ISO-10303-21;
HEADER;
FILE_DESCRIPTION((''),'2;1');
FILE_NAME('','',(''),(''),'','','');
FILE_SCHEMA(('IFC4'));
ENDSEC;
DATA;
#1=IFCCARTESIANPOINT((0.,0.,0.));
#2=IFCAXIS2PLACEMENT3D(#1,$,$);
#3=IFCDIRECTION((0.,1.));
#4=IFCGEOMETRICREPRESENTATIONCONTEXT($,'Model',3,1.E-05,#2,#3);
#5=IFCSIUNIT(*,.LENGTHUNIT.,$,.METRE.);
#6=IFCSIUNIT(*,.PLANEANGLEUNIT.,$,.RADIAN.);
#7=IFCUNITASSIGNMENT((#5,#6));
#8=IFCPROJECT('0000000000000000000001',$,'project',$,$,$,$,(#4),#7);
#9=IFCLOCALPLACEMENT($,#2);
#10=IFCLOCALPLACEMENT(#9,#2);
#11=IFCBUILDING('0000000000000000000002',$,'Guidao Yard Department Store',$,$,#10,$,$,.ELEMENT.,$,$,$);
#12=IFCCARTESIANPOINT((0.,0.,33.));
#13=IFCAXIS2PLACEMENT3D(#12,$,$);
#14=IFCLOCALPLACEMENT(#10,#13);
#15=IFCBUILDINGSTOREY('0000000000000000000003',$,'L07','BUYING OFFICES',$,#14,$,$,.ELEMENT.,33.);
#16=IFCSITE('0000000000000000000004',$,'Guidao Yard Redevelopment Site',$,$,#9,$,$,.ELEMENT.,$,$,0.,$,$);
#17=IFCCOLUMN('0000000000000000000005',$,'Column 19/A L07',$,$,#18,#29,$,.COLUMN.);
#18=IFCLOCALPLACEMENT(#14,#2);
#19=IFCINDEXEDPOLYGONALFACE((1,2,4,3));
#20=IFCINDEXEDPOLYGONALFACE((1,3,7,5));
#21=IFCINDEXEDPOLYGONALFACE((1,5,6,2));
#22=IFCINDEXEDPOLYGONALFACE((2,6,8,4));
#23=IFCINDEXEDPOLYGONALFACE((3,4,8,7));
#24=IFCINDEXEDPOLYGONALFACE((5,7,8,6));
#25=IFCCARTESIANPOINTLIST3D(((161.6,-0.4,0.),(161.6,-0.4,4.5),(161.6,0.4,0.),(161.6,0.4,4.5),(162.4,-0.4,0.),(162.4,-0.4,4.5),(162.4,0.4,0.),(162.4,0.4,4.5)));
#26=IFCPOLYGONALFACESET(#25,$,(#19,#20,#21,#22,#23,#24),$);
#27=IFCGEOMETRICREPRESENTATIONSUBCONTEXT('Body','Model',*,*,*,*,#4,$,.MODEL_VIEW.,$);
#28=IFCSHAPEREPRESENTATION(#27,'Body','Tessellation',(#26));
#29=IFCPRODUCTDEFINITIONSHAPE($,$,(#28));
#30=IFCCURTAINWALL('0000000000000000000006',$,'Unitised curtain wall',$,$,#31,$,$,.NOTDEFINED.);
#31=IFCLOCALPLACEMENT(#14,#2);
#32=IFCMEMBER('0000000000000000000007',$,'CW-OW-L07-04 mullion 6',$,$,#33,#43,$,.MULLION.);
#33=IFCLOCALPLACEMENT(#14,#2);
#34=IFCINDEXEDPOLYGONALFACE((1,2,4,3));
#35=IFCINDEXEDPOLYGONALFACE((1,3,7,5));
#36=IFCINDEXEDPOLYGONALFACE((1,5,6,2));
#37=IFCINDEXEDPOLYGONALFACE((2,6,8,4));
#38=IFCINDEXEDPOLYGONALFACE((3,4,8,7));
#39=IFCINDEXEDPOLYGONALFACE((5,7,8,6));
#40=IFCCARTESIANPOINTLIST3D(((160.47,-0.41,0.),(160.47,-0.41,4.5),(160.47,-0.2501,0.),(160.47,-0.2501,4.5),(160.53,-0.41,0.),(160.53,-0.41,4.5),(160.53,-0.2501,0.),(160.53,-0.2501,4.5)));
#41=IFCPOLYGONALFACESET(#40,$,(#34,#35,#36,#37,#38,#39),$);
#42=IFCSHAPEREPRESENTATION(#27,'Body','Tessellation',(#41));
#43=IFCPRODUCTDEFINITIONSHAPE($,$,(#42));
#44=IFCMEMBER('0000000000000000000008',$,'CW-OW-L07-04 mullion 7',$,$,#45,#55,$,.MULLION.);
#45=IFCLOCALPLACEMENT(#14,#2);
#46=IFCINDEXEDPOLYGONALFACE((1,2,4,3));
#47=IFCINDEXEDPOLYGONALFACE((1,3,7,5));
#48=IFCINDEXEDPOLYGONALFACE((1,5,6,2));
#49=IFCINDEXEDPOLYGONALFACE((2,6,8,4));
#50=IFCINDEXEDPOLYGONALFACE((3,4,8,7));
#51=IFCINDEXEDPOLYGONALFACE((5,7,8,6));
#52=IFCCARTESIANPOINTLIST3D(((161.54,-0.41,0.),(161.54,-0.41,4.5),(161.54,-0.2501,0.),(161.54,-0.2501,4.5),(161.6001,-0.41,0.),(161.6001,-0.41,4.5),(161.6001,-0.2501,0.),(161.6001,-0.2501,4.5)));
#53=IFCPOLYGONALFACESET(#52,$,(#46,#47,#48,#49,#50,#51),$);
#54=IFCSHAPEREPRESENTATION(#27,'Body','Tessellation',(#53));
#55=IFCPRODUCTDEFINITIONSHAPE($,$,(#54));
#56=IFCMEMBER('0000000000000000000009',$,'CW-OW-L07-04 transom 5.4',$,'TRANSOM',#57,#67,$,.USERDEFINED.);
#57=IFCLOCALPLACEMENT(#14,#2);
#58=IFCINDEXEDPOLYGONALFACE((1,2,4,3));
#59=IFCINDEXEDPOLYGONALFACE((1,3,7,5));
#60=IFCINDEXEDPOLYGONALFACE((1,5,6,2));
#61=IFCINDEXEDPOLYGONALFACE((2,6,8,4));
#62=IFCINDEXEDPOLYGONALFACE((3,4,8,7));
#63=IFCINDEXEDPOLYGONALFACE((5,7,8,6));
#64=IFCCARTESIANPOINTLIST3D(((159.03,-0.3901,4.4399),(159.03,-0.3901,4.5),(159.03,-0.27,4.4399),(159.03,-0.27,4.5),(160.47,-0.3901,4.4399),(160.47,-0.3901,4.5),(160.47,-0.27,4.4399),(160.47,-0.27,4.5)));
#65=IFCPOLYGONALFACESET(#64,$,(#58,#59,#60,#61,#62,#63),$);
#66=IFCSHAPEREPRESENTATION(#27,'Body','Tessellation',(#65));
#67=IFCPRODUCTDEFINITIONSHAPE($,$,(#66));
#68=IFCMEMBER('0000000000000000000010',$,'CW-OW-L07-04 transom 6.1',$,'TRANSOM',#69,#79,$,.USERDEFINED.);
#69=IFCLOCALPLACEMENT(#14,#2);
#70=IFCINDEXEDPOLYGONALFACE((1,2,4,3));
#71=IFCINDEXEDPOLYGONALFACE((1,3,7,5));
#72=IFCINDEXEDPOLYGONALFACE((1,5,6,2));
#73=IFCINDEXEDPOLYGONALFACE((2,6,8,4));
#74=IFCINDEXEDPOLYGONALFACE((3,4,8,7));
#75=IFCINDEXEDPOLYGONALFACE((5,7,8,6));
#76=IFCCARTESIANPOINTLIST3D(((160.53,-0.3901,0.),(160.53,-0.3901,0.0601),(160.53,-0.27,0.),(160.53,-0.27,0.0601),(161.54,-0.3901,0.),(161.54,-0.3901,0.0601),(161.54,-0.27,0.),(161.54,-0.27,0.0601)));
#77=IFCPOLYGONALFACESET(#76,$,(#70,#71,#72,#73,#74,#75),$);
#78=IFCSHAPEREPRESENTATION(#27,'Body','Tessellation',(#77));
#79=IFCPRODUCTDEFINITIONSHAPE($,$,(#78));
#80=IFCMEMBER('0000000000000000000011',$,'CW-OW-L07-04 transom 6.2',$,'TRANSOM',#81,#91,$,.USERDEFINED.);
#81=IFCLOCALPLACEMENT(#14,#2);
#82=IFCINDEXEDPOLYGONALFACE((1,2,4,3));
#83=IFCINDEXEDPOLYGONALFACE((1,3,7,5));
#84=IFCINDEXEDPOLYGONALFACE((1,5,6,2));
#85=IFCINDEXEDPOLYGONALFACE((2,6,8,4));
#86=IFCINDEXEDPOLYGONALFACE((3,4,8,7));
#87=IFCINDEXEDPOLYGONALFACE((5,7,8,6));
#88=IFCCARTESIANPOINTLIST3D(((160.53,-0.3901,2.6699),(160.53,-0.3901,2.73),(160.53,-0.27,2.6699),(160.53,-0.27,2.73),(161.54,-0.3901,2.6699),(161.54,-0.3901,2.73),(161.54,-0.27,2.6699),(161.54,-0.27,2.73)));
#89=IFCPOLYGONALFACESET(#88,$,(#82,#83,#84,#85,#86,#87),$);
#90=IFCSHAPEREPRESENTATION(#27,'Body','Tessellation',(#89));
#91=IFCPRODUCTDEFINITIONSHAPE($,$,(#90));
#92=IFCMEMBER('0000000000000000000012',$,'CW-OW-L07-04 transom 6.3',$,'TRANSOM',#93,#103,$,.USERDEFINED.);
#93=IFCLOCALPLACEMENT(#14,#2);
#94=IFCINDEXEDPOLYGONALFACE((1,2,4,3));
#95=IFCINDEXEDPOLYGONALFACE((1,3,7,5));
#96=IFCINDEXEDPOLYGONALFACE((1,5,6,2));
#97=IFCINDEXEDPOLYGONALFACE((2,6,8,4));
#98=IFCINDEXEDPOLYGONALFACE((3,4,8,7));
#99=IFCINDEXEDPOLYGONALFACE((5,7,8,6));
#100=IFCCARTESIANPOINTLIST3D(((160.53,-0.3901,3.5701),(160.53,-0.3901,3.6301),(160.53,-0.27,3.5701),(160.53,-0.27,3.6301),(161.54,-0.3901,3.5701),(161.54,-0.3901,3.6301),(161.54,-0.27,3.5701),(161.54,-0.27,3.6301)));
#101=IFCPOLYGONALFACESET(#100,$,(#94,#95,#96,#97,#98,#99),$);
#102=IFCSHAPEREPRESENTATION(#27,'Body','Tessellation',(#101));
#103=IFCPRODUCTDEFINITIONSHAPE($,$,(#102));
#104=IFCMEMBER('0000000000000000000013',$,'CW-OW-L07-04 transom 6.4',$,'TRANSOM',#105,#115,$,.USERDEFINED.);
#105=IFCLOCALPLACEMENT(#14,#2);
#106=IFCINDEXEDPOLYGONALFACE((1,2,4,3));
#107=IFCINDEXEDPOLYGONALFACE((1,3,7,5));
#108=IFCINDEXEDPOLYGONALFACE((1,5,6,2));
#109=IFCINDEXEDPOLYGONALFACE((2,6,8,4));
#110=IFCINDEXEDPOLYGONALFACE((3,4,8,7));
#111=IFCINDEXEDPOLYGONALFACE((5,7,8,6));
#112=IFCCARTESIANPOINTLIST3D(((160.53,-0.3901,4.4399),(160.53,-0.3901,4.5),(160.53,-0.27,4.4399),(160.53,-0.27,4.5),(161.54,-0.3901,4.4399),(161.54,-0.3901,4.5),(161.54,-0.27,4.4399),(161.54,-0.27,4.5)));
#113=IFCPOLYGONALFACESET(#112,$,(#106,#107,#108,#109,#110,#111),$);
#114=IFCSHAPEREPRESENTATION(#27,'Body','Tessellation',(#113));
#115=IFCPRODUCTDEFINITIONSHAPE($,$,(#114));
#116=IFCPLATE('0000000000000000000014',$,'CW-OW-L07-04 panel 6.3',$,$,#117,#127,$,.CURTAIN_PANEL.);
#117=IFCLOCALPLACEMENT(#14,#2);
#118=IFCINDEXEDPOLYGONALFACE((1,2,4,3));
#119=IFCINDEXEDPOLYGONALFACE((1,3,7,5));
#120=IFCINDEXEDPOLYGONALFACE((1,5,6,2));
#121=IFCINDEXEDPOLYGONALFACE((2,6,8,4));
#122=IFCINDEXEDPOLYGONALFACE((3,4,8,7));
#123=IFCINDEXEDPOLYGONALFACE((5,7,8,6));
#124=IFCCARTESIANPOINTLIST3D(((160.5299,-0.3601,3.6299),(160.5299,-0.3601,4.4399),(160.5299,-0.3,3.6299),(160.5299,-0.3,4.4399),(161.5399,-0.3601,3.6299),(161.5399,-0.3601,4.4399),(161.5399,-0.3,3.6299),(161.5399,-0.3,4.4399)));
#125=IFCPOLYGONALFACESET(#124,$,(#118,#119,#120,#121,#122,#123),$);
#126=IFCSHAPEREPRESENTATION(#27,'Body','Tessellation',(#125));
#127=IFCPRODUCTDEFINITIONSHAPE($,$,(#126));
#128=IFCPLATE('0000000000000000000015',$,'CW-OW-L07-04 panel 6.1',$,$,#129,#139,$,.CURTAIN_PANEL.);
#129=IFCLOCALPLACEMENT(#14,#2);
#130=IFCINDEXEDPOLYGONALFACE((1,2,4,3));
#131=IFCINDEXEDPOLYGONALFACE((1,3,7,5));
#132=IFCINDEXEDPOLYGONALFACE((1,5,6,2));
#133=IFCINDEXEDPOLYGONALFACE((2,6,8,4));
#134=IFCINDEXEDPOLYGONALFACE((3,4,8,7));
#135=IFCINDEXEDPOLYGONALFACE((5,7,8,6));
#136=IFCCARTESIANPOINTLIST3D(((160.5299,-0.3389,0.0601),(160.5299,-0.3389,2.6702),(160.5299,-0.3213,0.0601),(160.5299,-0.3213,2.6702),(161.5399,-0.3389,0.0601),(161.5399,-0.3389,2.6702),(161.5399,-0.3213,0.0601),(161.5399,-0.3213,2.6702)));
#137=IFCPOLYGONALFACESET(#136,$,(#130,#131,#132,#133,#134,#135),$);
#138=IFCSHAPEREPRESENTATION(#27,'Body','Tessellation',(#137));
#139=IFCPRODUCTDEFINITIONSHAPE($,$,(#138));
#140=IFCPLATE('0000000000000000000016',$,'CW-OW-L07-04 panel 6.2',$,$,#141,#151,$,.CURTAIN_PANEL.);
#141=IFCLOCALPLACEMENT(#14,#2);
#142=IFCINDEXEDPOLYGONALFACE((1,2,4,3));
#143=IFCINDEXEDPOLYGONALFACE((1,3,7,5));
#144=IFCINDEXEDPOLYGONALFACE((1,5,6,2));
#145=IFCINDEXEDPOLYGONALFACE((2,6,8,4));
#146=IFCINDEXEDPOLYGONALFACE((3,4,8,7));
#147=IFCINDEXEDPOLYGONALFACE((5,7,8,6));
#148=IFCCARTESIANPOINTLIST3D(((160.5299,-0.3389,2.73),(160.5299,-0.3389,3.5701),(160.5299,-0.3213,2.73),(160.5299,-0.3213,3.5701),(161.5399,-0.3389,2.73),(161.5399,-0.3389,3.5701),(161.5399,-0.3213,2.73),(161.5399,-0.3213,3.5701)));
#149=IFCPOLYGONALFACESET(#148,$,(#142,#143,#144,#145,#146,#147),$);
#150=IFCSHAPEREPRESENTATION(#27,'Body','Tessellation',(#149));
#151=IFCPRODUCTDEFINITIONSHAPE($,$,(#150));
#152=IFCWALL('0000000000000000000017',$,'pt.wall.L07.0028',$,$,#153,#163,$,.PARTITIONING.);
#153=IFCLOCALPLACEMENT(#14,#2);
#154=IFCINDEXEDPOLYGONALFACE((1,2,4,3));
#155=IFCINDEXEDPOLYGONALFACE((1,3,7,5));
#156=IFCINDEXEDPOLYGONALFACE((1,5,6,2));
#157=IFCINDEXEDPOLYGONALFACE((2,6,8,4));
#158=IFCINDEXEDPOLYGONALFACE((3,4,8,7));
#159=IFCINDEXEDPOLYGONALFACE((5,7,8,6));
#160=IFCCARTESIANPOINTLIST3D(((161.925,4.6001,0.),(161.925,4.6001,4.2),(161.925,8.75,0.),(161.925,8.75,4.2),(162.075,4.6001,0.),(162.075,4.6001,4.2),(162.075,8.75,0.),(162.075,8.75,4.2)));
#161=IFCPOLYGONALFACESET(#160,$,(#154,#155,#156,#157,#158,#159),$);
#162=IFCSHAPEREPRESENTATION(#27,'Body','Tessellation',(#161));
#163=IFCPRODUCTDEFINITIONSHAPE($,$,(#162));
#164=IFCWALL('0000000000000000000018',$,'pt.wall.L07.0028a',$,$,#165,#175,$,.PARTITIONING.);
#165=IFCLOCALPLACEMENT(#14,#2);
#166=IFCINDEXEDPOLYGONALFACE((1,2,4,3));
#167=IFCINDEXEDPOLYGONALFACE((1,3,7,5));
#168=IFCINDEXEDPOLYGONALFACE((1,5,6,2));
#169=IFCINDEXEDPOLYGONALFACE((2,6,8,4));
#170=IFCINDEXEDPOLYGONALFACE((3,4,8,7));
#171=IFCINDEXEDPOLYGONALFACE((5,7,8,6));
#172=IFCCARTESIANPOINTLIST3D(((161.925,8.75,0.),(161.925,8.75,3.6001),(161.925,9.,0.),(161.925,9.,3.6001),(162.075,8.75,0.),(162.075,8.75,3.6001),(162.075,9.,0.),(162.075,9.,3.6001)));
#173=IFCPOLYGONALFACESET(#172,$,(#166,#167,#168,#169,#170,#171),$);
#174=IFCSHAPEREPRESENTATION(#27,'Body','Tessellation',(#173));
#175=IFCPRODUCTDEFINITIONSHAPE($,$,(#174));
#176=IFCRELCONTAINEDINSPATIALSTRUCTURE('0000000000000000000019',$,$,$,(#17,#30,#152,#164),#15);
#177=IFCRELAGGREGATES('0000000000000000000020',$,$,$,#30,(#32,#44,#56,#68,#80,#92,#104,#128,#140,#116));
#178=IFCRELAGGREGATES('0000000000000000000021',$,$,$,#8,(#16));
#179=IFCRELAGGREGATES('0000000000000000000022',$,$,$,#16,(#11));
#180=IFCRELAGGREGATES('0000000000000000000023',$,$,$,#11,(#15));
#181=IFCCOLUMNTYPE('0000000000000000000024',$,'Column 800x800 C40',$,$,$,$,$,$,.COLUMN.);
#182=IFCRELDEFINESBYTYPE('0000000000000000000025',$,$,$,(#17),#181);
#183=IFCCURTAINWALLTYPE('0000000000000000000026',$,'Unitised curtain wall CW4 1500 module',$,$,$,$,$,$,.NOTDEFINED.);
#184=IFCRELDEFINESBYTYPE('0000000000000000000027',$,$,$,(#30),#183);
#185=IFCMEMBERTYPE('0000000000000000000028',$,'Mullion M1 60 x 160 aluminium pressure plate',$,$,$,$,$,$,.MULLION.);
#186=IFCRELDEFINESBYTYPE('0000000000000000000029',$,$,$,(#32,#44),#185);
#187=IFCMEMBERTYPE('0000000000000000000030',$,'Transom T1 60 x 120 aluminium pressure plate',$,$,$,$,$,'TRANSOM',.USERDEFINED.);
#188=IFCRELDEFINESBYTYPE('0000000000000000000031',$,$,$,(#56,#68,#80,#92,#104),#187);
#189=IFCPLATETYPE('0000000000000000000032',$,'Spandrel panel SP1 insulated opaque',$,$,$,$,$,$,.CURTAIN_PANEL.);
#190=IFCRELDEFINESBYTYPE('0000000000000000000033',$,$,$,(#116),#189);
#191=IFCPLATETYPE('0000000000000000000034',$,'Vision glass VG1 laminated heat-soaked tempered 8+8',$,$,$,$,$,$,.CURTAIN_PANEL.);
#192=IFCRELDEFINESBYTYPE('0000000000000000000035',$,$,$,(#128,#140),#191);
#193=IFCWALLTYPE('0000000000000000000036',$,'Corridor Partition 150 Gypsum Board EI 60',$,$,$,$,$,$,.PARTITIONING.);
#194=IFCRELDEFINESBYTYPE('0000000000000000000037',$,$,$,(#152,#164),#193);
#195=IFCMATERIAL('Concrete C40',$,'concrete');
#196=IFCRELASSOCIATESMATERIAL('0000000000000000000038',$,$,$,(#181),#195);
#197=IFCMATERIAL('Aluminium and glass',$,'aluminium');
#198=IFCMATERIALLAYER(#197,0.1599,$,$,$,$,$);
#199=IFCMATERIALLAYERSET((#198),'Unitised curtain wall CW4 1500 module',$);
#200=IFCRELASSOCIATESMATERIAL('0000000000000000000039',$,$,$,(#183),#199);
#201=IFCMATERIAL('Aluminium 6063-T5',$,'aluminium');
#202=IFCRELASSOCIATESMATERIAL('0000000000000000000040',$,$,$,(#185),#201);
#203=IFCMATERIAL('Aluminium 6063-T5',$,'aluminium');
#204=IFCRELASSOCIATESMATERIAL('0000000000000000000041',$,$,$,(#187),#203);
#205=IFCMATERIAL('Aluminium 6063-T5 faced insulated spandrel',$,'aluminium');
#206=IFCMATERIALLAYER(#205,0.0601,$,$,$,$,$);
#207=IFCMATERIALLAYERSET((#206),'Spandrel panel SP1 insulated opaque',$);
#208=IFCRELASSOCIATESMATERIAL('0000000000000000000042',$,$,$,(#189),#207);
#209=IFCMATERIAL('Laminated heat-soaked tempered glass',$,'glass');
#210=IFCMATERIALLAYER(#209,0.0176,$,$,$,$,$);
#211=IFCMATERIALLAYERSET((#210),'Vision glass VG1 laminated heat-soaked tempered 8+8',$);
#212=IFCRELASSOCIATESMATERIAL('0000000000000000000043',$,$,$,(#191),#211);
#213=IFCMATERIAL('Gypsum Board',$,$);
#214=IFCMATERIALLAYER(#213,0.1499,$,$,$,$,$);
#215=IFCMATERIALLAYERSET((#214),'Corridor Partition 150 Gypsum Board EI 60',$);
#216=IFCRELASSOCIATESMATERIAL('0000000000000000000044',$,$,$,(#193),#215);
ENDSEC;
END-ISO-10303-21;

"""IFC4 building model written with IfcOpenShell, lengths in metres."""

from ifc_helpers import new_model, si_unit, direction, frame, frame_2d, origin, origin_2d, place, context, subcontext, project, spatial, rectangle, extrude, material, layer, layer_set, material_profile, profile_set, type_object, element, aggregate, save


model = new_model("IFC4")

# Units and contexts
model_context = context("Model", 3, precision=1e-05, world=origin(), true_north=direction((0.0, 1.0)))
body_context = subcontext(model_context, "Body", "Model", "MODEL_VIEW")
ifc_project = project(units=[si_unit("LENGTHUNIT", "METRE"), si_unit("PLANEANGLEUNIT", "RADIAN")], contexts=[model_context])

# Site, building, storey
site_placement = place(None, origin())
site = spatial("IfcSite", under=ifc_project, at=site_placement, Name="Guidao Yard Redevelopment Site", CompositionType="ELEMENT", RefElevation=0.0)
building_placement = place(site_placement, origin())
building = spatial("IfcBuilding", under=site, at=building_placement, Name="Guidao Yard Department Store", CompositionType="ELEMENT")
storey_placement = place(building_placement, frame((0.0, 0.0, 33.0)))
storey = spatial("IfcBuildingStorey", under=building, at=storey_placement, Name="L07", Description="BUYING OFFICES", CompositionType="ELEMENT", Elevation=33.0)

# Column
ifc_material_1 = material(Name="Concrete C40", Category="concrete")
ifc_material_profile_1 = material_profile(ifc_material_1, rectangle(XDim=0.8, YDim=0.8, at=origin_2d()), Name="COL 800x800")
ifc_profile_set_1 = profile_set([ifc_material_profile_1], Name="Concrete C40")
column_type = type_object("IfcColumnType", Name="Column 800x800 C40", PredefinedType="COLUMN", material=ifc_profile_set_1)
column_placement = place(storey_placement, frame((162.0, 0.0, 0.0), z_axis=(0.0, 0.0, 1.0), x_axis=(1.0, 0.0, 0.0)))
element("IfcColumn", 1, at=column_placement, inside=storey, type_object=column_type, Name="Column 19/A L07", PredefinedType="COLUMN", context=body_context, shape_type="SweptSolid", body=[
    extrude(rectangle(XDim=0.8, YDim=0.8, at=origin_2d()), origin(), (0.0, 0.0, 1.0), 4.5),
])

# Curtain wall, members, plates
ifc_material_2 = material(Name="Aluminium and glass", Category="aluminium")
ifc_layer_1 = layer(ifc_material_2, 0.1599)
ifc_layer_set_1 = layer_set([ifc_layer_1], Name="Unitised curtain wall CW4 1500 module")
curtain_wall_type = type_object("IfcCurtainWallType", Name="Unitised curtain wall CW4 1500 module", PredefinedType="NOTDEFINED", material=ifc_layer_set_1)
curtain_wall_placement = place(storey_placement, origin())
curtain_wall = element("IfcCurtainWall", 2, at=curtain_wall_placement, inside=storey, type_object=curtain_wall_type, Name="Unitised curtain wall", PredefinedType="NOTDEFINED")
ifc_material_3 = material(Name="Aluminium 6063-T5", Category="aluminium")
ifc_material_profile_2 = material_profile(ifc_material_3, rectangle(XDim=0.0601, YDim=0.1599, at=origin_2d()), Name="Mullion M1 60 x 160 aluminium pressure plate")
ifc_profile_set_2 = profile_set([ifc_material_profile_2], Name="Aluminium 6063-T5")
member_type_1 = type_object("IfcMemberType", Name="Mullion M1 60 x 160 aluminium pressure plate", PredefinedType="MULLION", material=ifc_profile_set_2)
member_1_placement = place(storey_placement, frame((160.5, -0.3301, 0.0), z_axis=(0.0, 0.0, 1.0), x_axis=(-1.0, 0.0, 0.0)))
member_1 = element("IfcMember", 3, at=member_1_placement, type_object=member_type_1, Name="CW-OW-L07-04 mullion 6", PredefinedType="MULLION", context=body_context, shape_type="SweptSolid", body=[
    extrude(rectangle(XDim=0.0601, YDim=0.1599, at=origin_2d()), origin(), (0.0, 0.0, 1.0), 4.5),
])
member_2_placement = place(storey_placement, frame((161.5701, -0.3301, 0.0), z_axis=(0.0, 0.0, 1.0), x_axis=(-1.0, 0.0, 0.0)))
member_2 = element("IfcMember", 4, at=member_2_placement, type_object=member_type_1, Name="CW-OW-L07-04 mullion 7", PredefinedType="MULLION", context=body_context, shape_type="SweptSolid", body=[
    extrude(rectangle(XDim=0.0601, YDim=0.1599, at=origin_2d()), origin(), (0.0, 0.0, 1.0), 4.5),
])
ifc_material_4 = material(Name="Aluminium 6063-T5", Category="aluminium")
ifc_material_profile_3 = material_profile(ifc_material_4, rectangle(XDim=0.1201, YDim=0.0601, at=origin_2d()), Name="Transom T1 60 x 120 aluminium pressure plate")
ifc_profile_set_3 = profile_set([ifc_material_profile_3], Name="Aluminium 6063-T5")
member_type_2 = type_object("IfcMemberType", Name="Transom T1 60 x 120 aluminium pressure plate", ElementType="TRANSOM", PredefinedType="USERDEFINED", material=ifc_profile_set_3)
member_3_placement = place(storey_placement, frame((160.47, -0.3301, 4.47), z_axis=(-1.0, 0.0, 0.0), x_axis=(0.0, -1.0, 0.0)))
member_3 = element("IfcMember", 5, at=member_3_placement, type_object=member_type_2, Name="CW-OW-L07-04 transom 5.4", ObjectType="TRANSOM", PredefinedType="USERDEFINED", context=body_context, shape_type="SweptSolid", body=[
    extrude(rectangle(XDim=0.1201, YDim=0.0601, at=origin_2d()), origin(), (0.0, 0.0, 1.0), 1.4399),
])
member_4_placement = place(storey_placement, frame((161.54, -0.3301, 0.03), z_axis=(-1.0, 0.0, 0.0), x_axis=(0.0, -1.0, 0.0)))
member_4 = element("IfcMember", 6, at=member_4_placement, type_object=member_type_2, Name="CW-OW-L07-04 transom 6.1", ObjectType="TRANSOM", PredefinedType="USERDEFINED", context=body_context, shape_type="SweptSolid", body=[
    extrude(rectangle(XDim=0.1201, YDim=0.0601, at=origin_2d()), origin(), (0.0, 0.0, 1.0), 1.01),
])
member_5_placement = place(storey_placement, frame((161.54, -0.3301, 2.7), z_axis=(-1.0, 0.0, 0.0), x_axis=(0.0, -1.0, 0.0)))
member_5 = element("IfcMember", 7, at=member_5_placement, type_object=member_type_2, Name="CW-OW-L07-04 transom 6.2", ObjectType="TRANSOM", PredefinedType="USERDEFINED", context=body_context, shape_type="SweptSolid", body=[
    extrude(rectangle(XDim=0.1201, YDim=0.0601, at=origin_2d()), origin(), (0.0, 0.0, 1.0), 1.01),
])
member_6_placement = place(storey_placement, frame((161.54, -0.3301, 3.6001), z_axis=(-1.0, 0.0, 0.0), x_axis=(0.0, -1.0, 0.0)))
member_6 = element("IfcMember", 8, at=member_6_placement, type_object=member_type_2, Name="CW-OW-L07-04 transom 6.3", ObjectType="TRANSOM", PredefinedType="USERDEFINED", context=body_context, shape_type="SweptSolid", body=[
    extrude(rectangle(XDim=0.1201, YDim=0.0601, at=origin_2d()), origin(), (0.0, 0.0, 1.0), 1.01),
])
member_7_placement = place(storey_placement, frame((161.54, -0.3301, 4.47), z_axis=(-1.0, 0.0, 0.0), x_axis=(0.0, -1.0, 0.0)))
member_7 = element("IfcMember", 9, at=member_7_placement, type_object=member_type_2, Name="CW-OW-L07-04 transom 6.4", ObjectType="TRANSOM", PredefinedType="USERDEFINED", context=body_context, shape_type="SweptSolid", body=[
    extrude(rectangle(XDim=0.1201, YDim=0.0601, at=origin_2d()), origin(), (0.0, 0.0, 1.0), 1.01),
])
ifc_material_5 = material(Name="Aluminium 6063-T5 faced insulated spandrel", Category="aluminium")
ifc_layer_2 = layer(ifc_material_5, 0.0601)
ifc_layer_set_2 = layer_set([ifc_layer_2], Name="Spandrel panel SP1 insulated opaque")
plate_type_1 = type_object("IfcPlateType", Name="Spandrel panel SP1 insulated opaque", PredefinedType="CURTAIN_PANEL", material=ifc_layer_set_2)
plate_1_placement = place(storey_placement, frame((161.0349, -0.3301, 3.6299), z_axis=(0.0, 0.0, 1.0), x_axis=(-1.0, 0.0, 0.0)))
plate_1 = element("IfcPlate", 10, at=plate_1_placement, type_object=plate_type_1, Name="CW-OW-L07-04 panel 6.3", PredefinedType="CURTAIN_PANEL", context=body_context, shape_type="SweptSolid", body=[
    extrude(rectangle(XDim=1.01, YDim=0.0601, at=origin_2d()), origin(), (0.0, 0.0, 1.0), 0.8101),
])
ifc_material_6 = material(Name="Laminated heat-soaked tempered glass", Category="glass")
ifc_layer_3 = layer(ifc_material_6, 0.0176)
ifc_layer_set_3 = layer_set([ifc_layer_3], Name="Vision glass VG1 laminated heat-soaked tempered 8+8")
plate_type_2 = type_object("IfcPlateType", Name="Vision glass VG1 laminated heat-soaked tempered 8+8", PredefinedType="CURTAIN_PANEL", material=ifc_layer_set_3)
plate_2_placement = place(storey_placement, frame((161.0349, -0.3301, 0.0601), z_axis=(0.0, 0.0, 1.0), x_axis=(-1.0, 0.0, 0.0)))
plate_2 = element("IfcPlate", 11, at=plate_2_placement, type_object=plate_type_2, Name="CW-OW-L07-04 panel 6.1", PredefinedType="CURTAIN_PANEL", context=body_context, shape_type="SweptSolid", body=[
    extrude(rectangle(XDim=1.01, YDim=0.0176, at=origin_2d()), origin(), (0.0, 0.0, 1.0), 2.6101),
])
plate_3_placement = place(storey_placement, frame((161.0349, -0.3301, 2.73), z_axis=(0.0, 0.0, 1.0), x_axis=(-1.0, 0.0, 0.0)))
plate_3 = element("IfcPlate", 12, at=plate_3_placement, type_object=plate_type_2, Name="CW-OW-L07-04 panel 6.2", PredefinedType="CURTAIN_PANEL", context=body_context, shape_type="SweptSolid", body=[
    extrude(rectangle(XDim=1.01, YDim=0.0176, at=origin_2d()), origin(), (0.0, 0.0, 1.0), 0.8401),
])
aggregate(curtain_wall, [member_1, member_2, member_3, member_4, member_5, member_6, member_7, plate_2, plate_3, plate_1])

# Walls
ifc_material_7 = material(Name="Gypsum Board")
ifc_layer_4 = layer(ifc_material_7, 0.1499)
ifc_layer_set_4 = layer_set([ifc_layer_4], Name="Corridor Partition 150 Gypsum Board EI 60")
wall_type_1 = type_object("IfcWallType", Name="Corridor Partition 150 Gypsum Board EI 60", PredefinedType="PARTITIONING", material=ifc_layer_set_4)
wall_1_placement = place(storey_placement, frame((162.0, 4.6001, 0.0), z_axis=(0.0, 0.0, 1.0), x_axis=(0.0, 1.0, 0.0)))
element("IfcWall", 13, at=wall_1_placement, inside=storey, type_object=wall_type_1, Name="pt.wall.L07.0028", PredefinedType="PARTITIONING", context=body_context, shape_type="SweptSolid", body=[
    extrude(rectangle(XDim=4.1499, YDim=0.1499, at=frame_2d((2.075, 0.0))), origin(), (0.0, 0.0, 1.0), 4.2),
])
wall_2_placement = place(storey_placement, frame((162.0, 8.75, 0.0), z_axis=(0.0, 0.0, 1.0), x_axis=(0.0, 1.0, 0.0)))
element("IfcWall", 14, at=wall_2_placement, inside=storey, type_object=wall_type_1, Name="pt.wall.L07.0028a", PredefinedType="PARTITIONING", context=body_context, shape_type="SweptSolid", body=[
    extrude(rectangle(XDim=0.25, YDim=0.1499, at=frame_2d((0.125, 0.0))), origin(), (0.0, 0.0, 1.0), 3.6001),
])

save(model, "model.ifc")
